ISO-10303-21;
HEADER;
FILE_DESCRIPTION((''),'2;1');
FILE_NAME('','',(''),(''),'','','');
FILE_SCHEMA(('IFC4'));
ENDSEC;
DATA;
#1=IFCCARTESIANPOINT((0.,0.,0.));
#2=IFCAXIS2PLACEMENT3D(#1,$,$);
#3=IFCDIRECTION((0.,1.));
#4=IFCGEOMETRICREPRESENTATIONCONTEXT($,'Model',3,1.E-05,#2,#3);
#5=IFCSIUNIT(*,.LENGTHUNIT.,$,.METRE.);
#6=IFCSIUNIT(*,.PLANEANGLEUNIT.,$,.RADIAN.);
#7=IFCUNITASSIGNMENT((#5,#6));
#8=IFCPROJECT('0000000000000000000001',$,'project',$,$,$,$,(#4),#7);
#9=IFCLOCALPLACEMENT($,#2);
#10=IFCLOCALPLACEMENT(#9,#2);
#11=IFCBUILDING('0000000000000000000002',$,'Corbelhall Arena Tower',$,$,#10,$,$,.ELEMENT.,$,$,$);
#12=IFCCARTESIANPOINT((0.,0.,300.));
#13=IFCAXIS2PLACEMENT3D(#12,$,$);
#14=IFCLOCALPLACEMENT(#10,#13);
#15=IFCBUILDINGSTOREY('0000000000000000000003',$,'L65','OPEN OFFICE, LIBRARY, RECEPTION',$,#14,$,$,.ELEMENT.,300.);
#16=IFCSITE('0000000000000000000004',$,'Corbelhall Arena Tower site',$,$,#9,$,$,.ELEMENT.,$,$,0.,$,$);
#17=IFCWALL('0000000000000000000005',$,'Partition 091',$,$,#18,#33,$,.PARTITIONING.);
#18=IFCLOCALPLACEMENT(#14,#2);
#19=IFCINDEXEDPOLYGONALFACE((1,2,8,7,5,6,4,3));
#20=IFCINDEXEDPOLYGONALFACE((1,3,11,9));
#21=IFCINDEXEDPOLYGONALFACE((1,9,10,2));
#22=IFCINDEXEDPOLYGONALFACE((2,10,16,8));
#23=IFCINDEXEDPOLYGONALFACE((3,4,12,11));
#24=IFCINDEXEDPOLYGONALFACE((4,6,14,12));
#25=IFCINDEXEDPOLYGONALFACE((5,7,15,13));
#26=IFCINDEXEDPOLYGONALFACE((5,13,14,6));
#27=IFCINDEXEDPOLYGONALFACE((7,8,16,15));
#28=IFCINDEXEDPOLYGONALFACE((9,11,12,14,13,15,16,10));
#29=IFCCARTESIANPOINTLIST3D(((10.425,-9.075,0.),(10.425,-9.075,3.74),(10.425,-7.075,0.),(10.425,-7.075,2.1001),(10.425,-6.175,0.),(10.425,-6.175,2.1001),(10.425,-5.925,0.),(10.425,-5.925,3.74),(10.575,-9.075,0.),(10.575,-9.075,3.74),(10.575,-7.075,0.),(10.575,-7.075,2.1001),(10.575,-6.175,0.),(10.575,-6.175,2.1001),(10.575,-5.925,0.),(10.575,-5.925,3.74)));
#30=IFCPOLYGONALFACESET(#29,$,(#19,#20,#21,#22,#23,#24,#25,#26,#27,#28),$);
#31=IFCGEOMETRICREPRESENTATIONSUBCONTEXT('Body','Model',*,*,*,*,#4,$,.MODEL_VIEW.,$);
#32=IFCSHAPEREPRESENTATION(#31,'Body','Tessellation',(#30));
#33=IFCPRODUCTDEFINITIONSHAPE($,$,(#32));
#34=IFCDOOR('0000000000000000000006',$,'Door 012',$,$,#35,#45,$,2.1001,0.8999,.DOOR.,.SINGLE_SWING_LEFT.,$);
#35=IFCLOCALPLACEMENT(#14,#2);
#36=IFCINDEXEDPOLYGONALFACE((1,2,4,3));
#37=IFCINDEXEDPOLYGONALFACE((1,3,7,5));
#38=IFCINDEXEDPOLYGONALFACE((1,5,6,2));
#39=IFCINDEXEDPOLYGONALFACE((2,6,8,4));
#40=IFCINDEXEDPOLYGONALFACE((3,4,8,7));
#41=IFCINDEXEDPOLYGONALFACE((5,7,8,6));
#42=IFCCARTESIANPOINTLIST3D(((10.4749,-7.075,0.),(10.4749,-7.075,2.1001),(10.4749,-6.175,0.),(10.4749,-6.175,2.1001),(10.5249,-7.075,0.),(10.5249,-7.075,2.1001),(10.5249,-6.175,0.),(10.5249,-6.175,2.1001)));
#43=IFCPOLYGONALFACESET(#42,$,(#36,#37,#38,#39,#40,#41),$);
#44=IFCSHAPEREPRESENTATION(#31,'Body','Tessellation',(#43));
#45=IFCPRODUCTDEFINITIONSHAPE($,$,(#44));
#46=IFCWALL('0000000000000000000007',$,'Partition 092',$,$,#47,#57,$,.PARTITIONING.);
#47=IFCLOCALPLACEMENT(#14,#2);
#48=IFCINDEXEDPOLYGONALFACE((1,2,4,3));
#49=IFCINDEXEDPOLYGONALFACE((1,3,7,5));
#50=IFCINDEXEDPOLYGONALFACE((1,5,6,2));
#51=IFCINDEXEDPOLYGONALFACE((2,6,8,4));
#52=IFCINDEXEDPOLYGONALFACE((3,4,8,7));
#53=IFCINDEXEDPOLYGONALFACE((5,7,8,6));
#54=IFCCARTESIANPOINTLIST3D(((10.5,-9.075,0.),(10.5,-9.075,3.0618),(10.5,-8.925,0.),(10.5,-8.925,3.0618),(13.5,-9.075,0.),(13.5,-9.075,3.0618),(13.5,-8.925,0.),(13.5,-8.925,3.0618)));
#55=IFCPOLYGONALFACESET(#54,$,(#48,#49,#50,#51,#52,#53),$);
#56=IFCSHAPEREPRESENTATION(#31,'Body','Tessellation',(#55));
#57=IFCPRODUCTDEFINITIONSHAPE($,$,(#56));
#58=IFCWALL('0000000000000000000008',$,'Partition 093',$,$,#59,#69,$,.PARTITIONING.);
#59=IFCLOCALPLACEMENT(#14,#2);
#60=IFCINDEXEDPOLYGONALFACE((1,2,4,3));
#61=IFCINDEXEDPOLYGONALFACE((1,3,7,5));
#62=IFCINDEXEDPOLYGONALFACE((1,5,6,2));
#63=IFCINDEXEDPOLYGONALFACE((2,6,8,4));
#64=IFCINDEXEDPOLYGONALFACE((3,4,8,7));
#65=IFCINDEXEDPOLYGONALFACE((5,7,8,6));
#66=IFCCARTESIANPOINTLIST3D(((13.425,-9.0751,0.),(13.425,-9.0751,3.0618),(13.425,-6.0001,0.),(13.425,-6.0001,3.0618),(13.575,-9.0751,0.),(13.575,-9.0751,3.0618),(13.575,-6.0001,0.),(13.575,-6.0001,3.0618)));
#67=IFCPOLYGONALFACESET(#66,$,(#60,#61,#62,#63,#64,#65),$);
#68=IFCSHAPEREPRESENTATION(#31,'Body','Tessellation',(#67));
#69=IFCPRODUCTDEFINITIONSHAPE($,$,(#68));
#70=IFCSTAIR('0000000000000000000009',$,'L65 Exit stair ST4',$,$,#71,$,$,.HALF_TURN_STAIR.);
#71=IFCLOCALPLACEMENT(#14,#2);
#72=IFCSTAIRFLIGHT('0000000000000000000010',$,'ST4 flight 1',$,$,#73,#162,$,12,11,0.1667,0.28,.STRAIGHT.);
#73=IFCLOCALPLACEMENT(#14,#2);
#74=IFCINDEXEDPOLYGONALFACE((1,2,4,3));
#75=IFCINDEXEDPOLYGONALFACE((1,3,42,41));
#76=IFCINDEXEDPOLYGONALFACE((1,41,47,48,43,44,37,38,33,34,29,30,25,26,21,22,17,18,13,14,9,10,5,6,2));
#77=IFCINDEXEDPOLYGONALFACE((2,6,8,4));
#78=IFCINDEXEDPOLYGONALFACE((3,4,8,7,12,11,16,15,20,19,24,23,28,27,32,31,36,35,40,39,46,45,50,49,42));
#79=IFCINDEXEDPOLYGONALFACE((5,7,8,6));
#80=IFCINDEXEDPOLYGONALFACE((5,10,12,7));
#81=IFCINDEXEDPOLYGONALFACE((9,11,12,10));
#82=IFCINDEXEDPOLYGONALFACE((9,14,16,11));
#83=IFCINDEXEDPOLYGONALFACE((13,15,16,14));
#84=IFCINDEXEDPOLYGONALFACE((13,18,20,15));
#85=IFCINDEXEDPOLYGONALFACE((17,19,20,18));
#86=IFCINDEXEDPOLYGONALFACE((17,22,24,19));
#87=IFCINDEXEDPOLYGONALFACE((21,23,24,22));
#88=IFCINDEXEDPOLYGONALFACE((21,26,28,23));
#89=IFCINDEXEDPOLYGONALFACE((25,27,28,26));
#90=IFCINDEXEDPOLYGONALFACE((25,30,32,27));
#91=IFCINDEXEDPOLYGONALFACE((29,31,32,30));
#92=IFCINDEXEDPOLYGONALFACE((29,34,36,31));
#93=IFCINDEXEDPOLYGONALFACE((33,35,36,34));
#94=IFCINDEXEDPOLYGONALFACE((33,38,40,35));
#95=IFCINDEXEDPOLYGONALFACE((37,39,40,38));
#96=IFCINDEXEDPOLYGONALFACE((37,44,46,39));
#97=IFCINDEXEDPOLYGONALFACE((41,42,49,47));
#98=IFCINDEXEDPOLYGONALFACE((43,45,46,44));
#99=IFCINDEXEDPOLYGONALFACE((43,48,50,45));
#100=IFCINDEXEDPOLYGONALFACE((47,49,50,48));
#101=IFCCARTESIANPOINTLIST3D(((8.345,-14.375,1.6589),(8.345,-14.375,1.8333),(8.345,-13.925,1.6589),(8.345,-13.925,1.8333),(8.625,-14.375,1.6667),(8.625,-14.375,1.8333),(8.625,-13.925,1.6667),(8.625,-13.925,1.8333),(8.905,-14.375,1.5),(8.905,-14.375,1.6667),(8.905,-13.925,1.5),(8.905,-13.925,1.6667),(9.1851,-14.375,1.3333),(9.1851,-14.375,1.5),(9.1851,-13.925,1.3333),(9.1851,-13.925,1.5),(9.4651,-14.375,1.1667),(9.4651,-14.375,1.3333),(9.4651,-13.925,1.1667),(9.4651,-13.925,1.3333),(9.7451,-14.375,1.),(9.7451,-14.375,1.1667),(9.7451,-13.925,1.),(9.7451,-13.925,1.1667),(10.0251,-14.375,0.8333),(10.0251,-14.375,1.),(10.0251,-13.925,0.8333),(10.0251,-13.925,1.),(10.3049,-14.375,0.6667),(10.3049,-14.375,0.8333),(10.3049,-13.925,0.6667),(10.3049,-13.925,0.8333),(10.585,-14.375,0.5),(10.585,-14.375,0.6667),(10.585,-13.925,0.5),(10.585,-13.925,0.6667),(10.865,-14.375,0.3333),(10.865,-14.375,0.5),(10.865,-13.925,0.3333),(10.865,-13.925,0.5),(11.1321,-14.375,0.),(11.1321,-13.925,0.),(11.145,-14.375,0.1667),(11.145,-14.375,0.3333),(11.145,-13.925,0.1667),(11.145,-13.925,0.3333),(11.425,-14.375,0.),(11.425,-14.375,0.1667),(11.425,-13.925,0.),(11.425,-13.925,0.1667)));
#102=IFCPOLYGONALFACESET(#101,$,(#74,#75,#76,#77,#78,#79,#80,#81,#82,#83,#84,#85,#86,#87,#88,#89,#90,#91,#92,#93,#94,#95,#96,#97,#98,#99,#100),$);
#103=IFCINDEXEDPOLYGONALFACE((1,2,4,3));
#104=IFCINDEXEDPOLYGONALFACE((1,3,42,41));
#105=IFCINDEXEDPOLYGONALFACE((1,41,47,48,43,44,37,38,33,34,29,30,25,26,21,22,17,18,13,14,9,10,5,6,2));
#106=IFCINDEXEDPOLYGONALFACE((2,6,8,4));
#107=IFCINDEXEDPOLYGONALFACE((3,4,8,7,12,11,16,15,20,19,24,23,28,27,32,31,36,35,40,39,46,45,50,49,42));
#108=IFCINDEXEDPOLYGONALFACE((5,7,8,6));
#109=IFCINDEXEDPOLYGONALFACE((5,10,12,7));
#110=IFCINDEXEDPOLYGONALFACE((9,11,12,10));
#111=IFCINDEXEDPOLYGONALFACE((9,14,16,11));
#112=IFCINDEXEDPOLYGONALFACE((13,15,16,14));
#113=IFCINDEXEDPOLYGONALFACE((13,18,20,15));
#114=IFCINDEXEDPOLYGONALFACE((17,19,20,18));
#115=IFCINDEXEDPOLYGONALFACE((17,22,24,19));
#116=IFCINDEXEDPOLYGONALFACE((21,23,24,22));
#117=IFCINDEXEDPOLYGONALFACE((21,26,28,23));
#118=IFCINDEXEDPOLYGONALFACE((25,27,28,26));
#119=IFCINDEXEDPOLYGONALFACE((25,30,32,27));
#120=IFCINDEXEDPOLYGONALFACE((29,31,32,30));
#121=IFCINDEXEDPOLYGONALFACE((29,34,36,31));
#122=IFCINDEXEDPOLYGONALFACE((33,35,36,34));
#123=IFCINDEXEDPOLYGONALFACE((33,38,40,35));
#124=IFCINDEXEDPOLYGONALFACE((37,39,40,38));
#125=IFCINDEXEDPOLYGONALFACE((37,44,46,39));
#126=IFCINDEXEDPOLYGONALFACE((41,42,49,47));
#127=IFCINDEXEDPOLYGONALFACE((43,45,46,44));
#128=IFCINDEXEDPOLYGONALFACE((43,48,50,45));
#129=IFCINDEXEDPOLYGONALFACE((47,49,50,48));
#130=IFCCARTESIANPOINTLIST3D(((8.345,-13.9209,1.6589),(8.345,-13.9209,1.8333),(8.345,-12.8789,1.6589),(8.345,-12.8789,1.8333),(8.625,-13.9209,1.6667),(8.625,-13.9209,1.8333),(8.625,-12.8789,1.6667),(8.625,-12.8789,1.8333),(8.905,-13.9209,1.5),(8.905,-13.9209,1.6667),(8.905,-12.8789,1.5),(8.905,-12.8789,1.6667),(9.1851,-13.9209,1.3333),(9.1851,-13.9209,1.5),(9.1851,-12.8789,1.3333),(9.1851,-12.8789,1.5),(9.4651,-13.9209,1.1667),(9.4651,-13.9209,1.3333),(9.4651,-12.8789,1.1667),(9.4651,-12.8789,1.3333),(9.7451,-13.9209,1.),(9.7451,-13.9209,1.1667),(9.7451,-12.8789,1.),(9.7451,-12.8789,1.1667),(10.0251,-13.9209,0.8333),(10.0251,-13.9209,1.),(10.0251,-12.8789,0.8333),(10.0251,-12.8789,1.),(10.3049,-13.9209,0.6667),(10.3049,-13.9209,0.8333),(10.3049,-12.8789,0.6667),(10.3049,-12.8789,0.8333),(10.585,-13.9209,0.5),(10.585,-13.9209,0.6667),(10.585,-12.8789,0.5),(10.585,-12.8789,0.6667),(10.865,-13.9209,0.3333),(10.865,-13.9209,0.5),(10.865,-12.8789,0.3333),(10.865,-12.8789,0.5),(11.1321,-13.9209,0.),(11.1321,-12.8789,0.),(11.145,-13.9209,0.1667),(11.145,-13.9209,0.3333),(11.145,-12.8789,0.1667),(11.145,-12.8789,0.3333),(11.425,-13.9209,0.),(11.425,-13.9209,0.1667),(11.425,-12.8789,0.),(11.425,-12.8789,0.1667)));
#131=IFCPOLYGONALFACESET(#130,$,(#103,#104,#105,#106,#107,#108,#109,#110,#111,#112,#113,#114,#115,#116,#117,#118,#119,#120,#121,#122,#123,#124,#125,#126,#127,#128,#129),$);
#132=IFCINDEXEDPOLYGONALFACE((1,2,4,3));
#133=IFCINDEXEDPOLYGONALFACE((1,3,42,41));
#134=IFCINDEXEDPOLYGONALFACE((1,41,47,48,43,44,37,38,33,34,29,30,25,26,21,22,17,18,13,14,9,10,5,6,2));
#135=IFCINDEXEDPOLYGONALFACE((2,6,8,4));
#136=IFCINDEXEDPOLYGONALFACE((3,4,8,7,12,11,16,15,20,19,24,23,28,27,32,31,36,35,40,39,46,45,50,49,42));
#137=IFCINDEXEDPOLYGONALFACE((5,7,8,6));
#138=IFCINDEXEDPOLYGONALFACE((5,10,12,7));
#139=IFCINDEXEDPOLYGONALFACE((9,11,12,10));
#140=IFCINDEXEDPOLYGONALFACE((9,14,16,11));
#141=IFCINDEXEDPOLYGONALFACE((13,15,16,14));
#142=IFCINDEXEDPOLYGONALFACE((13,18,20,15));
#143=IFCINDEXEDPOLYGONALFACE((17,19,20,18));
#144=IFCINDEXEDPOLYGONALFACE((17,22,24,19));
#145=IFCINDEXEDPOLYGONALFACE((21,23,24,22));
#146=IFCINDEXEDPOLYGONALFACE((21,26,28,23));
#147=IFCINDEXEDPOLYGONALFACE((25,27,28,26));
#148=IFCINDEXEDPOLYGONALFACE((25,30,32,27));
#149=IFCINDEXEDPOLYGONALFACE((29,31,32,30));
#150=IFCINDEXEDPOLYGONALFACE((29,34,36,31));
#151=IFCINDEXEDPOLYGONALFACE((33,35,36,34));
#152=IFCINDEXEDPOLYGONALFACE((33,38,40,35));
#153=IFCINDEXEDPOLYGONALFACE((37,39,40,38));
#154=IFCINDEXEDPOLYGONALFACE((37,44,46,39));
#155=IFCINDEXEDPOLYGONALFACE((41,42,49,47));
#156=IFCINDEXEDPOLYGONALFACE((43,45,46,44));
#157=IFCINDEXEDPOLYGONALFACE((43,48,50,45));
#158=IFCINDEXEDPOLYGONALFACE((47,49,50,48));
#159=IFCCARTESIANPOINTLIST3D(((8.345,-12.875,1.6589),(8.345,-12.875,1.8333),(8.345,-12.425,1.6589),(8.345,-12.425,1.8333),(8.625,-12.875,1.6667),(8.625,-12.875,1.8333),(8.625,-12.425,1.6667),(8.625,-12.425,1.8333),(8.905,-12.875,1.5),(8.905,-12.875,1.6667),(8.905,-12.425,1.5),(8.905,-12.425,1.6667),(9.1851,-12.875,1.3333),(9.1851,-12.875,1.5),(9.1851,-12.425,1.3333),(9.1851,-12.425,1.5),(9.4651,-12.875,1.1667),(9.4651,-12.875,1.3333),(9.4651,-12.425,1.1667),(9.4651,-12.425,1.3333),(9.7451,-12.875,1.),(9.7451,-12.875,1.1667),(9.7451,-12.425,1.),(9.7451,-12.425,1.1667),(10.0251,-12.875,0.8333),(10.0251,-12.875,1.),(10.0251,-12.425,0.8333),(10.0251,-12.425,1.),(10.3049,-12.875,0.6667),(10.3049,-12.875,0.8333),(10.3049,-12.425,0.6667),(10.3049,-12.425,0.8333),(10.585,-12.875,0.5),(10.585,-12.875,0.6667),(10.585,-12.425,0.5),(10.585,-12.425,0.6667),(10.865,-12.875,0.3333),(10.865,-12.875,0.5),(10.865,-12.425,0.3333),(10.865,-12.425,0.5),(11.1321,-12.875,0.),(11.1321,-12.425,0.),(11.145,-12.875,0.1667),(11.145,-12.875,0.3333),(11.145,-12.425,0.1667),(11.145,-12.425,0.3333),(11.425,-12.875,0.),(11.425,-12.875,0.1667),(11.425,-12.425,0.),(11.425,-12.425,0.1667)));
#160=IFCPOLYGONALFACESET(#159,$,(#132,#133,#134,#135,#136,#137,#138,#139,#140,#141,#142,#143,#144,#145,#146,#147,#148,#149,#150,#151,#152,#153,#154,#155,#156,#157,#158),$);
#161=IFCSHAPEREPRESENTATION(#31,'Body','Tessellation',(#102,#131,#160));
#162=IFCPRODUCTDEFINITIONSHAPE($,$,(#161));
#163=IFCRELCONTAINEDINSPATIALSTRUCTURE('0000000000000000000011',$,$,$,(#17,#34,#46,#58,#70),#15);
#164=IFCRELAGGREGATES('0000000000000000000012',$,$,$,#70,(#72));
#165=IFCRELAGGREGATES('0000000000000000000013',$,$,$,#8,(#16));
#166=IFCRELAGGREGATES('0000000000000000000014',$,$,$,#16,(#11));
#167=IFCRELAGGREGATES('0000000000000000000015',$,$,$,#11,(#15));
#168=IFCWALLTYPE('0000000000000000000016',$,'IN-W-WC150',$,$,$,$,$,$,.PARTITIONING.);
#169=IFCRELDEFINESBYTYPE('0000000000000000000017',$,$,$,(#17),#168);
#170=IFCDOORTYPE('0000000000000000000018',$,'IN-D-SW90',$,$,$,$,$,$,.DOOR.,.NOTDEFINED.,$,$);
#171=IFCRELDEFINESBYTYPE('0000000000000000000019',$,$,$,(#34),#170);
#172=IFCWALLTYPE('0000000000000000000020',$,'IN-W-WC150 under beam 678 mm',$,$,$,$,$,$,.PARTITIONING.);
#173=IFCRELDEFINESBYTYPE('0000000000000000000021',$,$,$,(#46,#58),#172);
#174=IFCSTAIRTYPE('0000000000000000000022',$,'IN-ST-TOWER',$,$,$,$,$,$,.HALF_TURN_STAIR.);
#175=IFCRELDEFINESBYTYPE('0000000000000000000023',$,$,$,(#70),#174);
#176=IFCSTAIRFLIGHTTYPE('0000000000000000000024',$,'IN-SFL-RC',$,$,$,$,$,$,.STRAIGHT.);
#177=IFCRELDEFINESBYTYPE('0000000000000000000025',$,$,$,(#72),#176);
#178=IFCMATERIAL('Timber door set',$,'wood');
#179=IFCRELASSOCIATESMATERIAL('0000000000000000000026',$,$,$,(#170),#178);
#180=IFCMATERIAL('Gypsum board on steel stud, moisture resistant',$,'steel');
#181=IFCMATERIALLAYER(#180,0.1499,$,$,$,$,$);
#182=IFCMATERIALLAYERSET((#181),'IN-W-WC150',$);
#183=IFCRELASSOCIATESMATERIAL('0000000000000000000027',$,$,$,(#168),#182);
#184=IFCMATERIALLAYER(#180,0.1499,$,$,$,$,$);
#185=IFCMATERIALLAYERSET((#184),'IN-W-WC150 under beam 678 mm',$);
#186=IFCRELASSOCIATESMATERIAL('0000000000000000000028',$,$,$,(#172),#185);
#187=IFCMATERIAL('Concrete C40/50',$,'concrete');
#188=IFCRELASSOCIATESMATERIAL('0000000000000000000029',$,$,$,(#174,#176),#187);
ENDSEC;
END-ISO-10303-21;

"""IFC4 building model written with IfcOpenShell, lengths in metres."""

from ifc_helpers import new_model, si_unit, direction, frame, frame_2d, origin, place, context, subcontext, project, spatial, polyline, rectangle, outline, extrude, material, layer, layer_set, type_object, element, fill, aggregate, save


model = new_model("IFC4")

# Units and contexts
model_context = context("Model", 3, precision=1e-05, world=origin(), true_north=direction((0.0, 1.0)))
body_context = subcontext(model_context, "Body", "Model", "MODEL_VIEW")
ifc_project = project(units=[si_unit("LENGTHUNIT", "METRE"), si_unit("PLANEANGLEUNIT", "RADIAN")], contexts=[model_context])

# Site, building, storey
site_placement = place(None, origin())
site = spatial("IfcSite", under=ifc_project, at=site_placement, Name="Corbelhall Arena Tower site", CompositionType="ELEMENT", RefElevation=0.0)
building_placement = place(site_placement, origin())
building = spatial("IfcBuilding", under=site, at=building_placement, Name="Corbelhall Arena Tower", CompositionType="ELEMENT")
storey_placement = place(building_placement, frame((0.0, 0.0, 300.0)))
storey = spatial("IfcBuildingStorey", under=building, at=storey_placement, Name="L65", Description="OPEN OFFICE, LIBRARY, RECEPTION", CompositionType="ELEMENT", Elevation=300.0)

# Shared definitions
ifc_material_1 = material(Name="Timber door set", Category="wood")
door_type_1 = type_object("IfcDoorType", Name="IN-D-SW90", OperationType="NOTDEFINED", PredefinedType="DOOR", material=ifc_material_1)

# Shared definitions
ifc_material_2 = material(Name="Concrete C40/50", Category="concrete")

# Wall, opening, door
ifc_material_3 = material(Name="Gypsum board on steel stud, moisture resistant", Category="steel")
ifc_layer_1 = layer(ifc_material_3, 0.1499)
ifc_layer_set_1 = layer_set([ifc_layer_1], Name="IN-W-WC150")
wall_type_1 = type_object("IfcWallType", Name="IN-W-WC150", PredefinedType="PARTITIONING", material=ifc_layer_set_1)
wall_1_placement = place(storey_placement, frame((10.5, -5.925, 0.0), z_axis=(0.0, 0.0, 1.0), x_axis=(0.0, -1.0, 0.0)))
wall_1 = element("IfcWall", 1, at=wall_1_placement, inside=storey, type_object=wall_type_1, Name="Partition 091", PredefinedType="PARTITIONING", context=body_context, shape_type="SweptSolid", body=[
    extrude(rectangle(XDim=3.1499, YDim=0.1499, at=frame_2d((1.575, 0.0))), origin(), (0.0, 0.0, 1.0), 3.74),
])
opening_1_placement = place(wall_1_placement, frame((0.25, 0.0, 0.0)))
opening_1 = element("IfcOpeningElement", 2, at=opening_1_placement, cuts=wall_1, PredefinedType="OPENING", context=body_context, shape_type="SweptSolid", body=[
    extrude(rectangle(XDim=0.8999, YDim=2.1001, at=frame_2d((0.45, 1.05))), frame((0.0, 0.075, 0.0), z_axis=(0.0, -1.0, 0.0), x_axis=(1.0, 0.0, 0.0)), (0.0, 0.0, 1.0), 0.1499),
])
door_1_placement = place(opening_1_placement, origin())
door_1 = element("IfcDoor", 3, at=door_1_placement, inside=storey, type_object=door_type_1, Name="Door 012", OperationType="SINGLE_SWING_LEFT", OverallHeight=2.1001, OverallWidth=0.8999, PredefinedType="DOOR", context=body_context, shape_type="SweptSolid", body=[
    extrude(rectangle(XDim=0.8999, YDim=2.1001, at=frame_2d((0.45, 1.05))), frame((0.0, 0.0249, 0.0), z_axis=(0.0, -1.0, 0.0), x_axis=(1.0, 0.0, 0.0)), (0.0, 0.0, 1.0), 0.05),
])
fill(opening_1, door_1)

# Walls
ifc_layer_2 = layer(ifc_material_3, 0.1499)
ifc_layer_set_2 = layer_set([ifc_layer_2], Name="IN-W-WC150 under beam 678 mm")
wall_type_2 = type_object("IfcWallType", Name="IN-W-WC150 under beam 678 mm", PredefinedType="PARTITIONING", material=ifc_layer_set_2)
wall_2_placement = place(storey_placement, frame((13.5, -9.0, 0.0), z_axis=(0.0, 0.0, 1.0), x_axis=(-1.0, 0.0, 0.0)))
element("IfcWall", 4, at=wall_2_placement, inside=storey, type_object=wall_type_2, Name="Partition 092", PredefinedType="PARTITIONING", context=body_context, shape_type="SweptSolid", body=[
    extrude(rectangle(XDim=3.0, YDim=0.1499, at=frame_2d((1.5, 0.0))), origin(), (0.0, 0.0, 1.0), 3.0618),
])
wall_3_placement = place(storey_placement, frame((13.5, -6.0, 0.0), z_axis=(0.0, 0.0, 1.0), x_axis=(0.0, -1.0, 0.0)))
element("IfcWall", 5, at=wall_3_placement, inside=storey, type_object=wall_type_2, Name="Partition 093", PredefinedType="PARTITIONING", context=body_context, shape_type="SweptSolid", body=[
    extrude(rectangle(XDim=3.075, YDim=0.1499, at=frame_2d((1.5376, 0.0))), origin(), (0.0, 0.0, 1.0), 3.0618),
])

# Stair, stair flight
stair_type = type_object("IfcStairType", Name="IN-ST-TOWER", PredefinedType="HALF_TURN_STAIR", material=ifc_material_2)
stair_placement = place(storey_placement, origin())
stair = element("IfcStair", 6, at=stair_placement, inside=storey, type_object=stair_type, Name="L65 Exit stair ST4", PredefinedType="HALF_TURN_STAIR")
stair_flight_type = type_object("IfcStairFlightType", Name="IN-SFL-RC", PredefinedType="STRAIGHT", material=ifc_material_2)
stair_flight_placement = place(storey_placement, frame((11.425, -13.3999, 0.0), z_axis=(0.0, 0.0, 1.0), x_axis=(-1.0, 0.0, 0.0)))
stair_flight = element("IfcStairFlight", 7, at=stair_flight_placement, type_object=stair_flight_type, Name="ST4 flight 1", NumberOfRisers=12, NumberOfTreads=11, PredefinedType="STRAIGHT", RiserHeight=0.1667, TreadLength=0.28, context=body_context, shape_type="SweptSolid", body=[
    extrude(outline(polyline([(0.0, 0.0), (0.0, 0.1667), (0.28, 0.1667), (0.28, 0.3333), (0.5601, 0.3333), (0.5601, 0.5), (0.8401, 0.5), (0.8401, 0.6667), (1.1201, 0.6667), (1.1201, 0.8333), (1.3999, 0.8333), (1.3999, 1.0), (1.6799, 1.0), (1.6799, 1.1667), (1.96, 1.1667), (1.96, 1.3333), (2.24, 1.3333), (2.24, 1.5), (2.52, 1.5), (2.52, 1.6667), (2.8, 1.6667), (2.8, 1.8333), (3.0801, 1.8333), (3.0801, 2.0), (3.0801, 1.6589), (0.293, 0.0), (0.0, 0.0)])), frame((0.0, 0.9751, 0.0), z_axis=(0.0, -1.0, 0.0), x_axis=(1.0, 0.0, 0.0)), (0.0, 0.0, 1.0), 0.45),
    extrude(outline(polyline([(0.0, 0.0), (0.0, 0.1667), (0.28, 0.1667), (0.28, 0.3333), (0.5601, 0.3333), (0.5601, 0.5), (0.8401, 0.5), (0.8401, 0.6667), (1.1201, 0.6667), (1.1201, 0.8333), (1.3999, 0.8333), (1.3999, 1.0), (1.6799, 1.0), (1.6799, 1.1667), (1.96, 1.1667), (1.96, 1.3333), (2.24, 1.3333), (2.24, 1.5), (2.52, 1.5), (2.52, 1.6667), (2.8, 1.6667), (2.8, 1.8333), (3.0801, 1.8333), (3.0801, 2.0), (3.0801, 1.6589), (0.293, 0.0), (0.0, 0.0)])), frame((0.0, 0.521, 0.0), z_axis=(0.0, -1.0, 0.0), x_axis=(1.0, 0.0, 0.0)), (0.0, 0.0, 1.0), 1.042),
    extrude(outline(polyline([(0.0, 0.0), (0.0, 0.1667), (0.28, 0.1667), (0.28, 0.3333), (0.5601, 0.3333), (0.5601, 0.5), (0.8401, 0.5), (0.8401, 0.6667), (1.1201, 0.6667), (1.1201, 0.8333), (1.3999, 0.8333), (1.3999, 1.0), (1.6799, 1.0), (1.6799, 1.1667), (1.96, 1.1667), (1.96, 1.3333), (2.24, 1.3333), (2.24, 1.5), (2.52, 1.5), (2.52, 1.6667), (2.8, 1.6667), (2.8, 1.8333), (3.0801, 1.8333), (3.0801, 2.0), (3.0801, 1.6589), (0.293, 0.0), (0.0, 0.0)])), frame((0.0, -0.5249, 0.0), z_axis=(0.0, -1.0, 0.0), x_axis=(1.0, 0.0, 0.0)), (0.0, 0.0, 1.0), 0.45),
])
aggregate(stair, [stair_flight])

save(model, "model.ifc")
